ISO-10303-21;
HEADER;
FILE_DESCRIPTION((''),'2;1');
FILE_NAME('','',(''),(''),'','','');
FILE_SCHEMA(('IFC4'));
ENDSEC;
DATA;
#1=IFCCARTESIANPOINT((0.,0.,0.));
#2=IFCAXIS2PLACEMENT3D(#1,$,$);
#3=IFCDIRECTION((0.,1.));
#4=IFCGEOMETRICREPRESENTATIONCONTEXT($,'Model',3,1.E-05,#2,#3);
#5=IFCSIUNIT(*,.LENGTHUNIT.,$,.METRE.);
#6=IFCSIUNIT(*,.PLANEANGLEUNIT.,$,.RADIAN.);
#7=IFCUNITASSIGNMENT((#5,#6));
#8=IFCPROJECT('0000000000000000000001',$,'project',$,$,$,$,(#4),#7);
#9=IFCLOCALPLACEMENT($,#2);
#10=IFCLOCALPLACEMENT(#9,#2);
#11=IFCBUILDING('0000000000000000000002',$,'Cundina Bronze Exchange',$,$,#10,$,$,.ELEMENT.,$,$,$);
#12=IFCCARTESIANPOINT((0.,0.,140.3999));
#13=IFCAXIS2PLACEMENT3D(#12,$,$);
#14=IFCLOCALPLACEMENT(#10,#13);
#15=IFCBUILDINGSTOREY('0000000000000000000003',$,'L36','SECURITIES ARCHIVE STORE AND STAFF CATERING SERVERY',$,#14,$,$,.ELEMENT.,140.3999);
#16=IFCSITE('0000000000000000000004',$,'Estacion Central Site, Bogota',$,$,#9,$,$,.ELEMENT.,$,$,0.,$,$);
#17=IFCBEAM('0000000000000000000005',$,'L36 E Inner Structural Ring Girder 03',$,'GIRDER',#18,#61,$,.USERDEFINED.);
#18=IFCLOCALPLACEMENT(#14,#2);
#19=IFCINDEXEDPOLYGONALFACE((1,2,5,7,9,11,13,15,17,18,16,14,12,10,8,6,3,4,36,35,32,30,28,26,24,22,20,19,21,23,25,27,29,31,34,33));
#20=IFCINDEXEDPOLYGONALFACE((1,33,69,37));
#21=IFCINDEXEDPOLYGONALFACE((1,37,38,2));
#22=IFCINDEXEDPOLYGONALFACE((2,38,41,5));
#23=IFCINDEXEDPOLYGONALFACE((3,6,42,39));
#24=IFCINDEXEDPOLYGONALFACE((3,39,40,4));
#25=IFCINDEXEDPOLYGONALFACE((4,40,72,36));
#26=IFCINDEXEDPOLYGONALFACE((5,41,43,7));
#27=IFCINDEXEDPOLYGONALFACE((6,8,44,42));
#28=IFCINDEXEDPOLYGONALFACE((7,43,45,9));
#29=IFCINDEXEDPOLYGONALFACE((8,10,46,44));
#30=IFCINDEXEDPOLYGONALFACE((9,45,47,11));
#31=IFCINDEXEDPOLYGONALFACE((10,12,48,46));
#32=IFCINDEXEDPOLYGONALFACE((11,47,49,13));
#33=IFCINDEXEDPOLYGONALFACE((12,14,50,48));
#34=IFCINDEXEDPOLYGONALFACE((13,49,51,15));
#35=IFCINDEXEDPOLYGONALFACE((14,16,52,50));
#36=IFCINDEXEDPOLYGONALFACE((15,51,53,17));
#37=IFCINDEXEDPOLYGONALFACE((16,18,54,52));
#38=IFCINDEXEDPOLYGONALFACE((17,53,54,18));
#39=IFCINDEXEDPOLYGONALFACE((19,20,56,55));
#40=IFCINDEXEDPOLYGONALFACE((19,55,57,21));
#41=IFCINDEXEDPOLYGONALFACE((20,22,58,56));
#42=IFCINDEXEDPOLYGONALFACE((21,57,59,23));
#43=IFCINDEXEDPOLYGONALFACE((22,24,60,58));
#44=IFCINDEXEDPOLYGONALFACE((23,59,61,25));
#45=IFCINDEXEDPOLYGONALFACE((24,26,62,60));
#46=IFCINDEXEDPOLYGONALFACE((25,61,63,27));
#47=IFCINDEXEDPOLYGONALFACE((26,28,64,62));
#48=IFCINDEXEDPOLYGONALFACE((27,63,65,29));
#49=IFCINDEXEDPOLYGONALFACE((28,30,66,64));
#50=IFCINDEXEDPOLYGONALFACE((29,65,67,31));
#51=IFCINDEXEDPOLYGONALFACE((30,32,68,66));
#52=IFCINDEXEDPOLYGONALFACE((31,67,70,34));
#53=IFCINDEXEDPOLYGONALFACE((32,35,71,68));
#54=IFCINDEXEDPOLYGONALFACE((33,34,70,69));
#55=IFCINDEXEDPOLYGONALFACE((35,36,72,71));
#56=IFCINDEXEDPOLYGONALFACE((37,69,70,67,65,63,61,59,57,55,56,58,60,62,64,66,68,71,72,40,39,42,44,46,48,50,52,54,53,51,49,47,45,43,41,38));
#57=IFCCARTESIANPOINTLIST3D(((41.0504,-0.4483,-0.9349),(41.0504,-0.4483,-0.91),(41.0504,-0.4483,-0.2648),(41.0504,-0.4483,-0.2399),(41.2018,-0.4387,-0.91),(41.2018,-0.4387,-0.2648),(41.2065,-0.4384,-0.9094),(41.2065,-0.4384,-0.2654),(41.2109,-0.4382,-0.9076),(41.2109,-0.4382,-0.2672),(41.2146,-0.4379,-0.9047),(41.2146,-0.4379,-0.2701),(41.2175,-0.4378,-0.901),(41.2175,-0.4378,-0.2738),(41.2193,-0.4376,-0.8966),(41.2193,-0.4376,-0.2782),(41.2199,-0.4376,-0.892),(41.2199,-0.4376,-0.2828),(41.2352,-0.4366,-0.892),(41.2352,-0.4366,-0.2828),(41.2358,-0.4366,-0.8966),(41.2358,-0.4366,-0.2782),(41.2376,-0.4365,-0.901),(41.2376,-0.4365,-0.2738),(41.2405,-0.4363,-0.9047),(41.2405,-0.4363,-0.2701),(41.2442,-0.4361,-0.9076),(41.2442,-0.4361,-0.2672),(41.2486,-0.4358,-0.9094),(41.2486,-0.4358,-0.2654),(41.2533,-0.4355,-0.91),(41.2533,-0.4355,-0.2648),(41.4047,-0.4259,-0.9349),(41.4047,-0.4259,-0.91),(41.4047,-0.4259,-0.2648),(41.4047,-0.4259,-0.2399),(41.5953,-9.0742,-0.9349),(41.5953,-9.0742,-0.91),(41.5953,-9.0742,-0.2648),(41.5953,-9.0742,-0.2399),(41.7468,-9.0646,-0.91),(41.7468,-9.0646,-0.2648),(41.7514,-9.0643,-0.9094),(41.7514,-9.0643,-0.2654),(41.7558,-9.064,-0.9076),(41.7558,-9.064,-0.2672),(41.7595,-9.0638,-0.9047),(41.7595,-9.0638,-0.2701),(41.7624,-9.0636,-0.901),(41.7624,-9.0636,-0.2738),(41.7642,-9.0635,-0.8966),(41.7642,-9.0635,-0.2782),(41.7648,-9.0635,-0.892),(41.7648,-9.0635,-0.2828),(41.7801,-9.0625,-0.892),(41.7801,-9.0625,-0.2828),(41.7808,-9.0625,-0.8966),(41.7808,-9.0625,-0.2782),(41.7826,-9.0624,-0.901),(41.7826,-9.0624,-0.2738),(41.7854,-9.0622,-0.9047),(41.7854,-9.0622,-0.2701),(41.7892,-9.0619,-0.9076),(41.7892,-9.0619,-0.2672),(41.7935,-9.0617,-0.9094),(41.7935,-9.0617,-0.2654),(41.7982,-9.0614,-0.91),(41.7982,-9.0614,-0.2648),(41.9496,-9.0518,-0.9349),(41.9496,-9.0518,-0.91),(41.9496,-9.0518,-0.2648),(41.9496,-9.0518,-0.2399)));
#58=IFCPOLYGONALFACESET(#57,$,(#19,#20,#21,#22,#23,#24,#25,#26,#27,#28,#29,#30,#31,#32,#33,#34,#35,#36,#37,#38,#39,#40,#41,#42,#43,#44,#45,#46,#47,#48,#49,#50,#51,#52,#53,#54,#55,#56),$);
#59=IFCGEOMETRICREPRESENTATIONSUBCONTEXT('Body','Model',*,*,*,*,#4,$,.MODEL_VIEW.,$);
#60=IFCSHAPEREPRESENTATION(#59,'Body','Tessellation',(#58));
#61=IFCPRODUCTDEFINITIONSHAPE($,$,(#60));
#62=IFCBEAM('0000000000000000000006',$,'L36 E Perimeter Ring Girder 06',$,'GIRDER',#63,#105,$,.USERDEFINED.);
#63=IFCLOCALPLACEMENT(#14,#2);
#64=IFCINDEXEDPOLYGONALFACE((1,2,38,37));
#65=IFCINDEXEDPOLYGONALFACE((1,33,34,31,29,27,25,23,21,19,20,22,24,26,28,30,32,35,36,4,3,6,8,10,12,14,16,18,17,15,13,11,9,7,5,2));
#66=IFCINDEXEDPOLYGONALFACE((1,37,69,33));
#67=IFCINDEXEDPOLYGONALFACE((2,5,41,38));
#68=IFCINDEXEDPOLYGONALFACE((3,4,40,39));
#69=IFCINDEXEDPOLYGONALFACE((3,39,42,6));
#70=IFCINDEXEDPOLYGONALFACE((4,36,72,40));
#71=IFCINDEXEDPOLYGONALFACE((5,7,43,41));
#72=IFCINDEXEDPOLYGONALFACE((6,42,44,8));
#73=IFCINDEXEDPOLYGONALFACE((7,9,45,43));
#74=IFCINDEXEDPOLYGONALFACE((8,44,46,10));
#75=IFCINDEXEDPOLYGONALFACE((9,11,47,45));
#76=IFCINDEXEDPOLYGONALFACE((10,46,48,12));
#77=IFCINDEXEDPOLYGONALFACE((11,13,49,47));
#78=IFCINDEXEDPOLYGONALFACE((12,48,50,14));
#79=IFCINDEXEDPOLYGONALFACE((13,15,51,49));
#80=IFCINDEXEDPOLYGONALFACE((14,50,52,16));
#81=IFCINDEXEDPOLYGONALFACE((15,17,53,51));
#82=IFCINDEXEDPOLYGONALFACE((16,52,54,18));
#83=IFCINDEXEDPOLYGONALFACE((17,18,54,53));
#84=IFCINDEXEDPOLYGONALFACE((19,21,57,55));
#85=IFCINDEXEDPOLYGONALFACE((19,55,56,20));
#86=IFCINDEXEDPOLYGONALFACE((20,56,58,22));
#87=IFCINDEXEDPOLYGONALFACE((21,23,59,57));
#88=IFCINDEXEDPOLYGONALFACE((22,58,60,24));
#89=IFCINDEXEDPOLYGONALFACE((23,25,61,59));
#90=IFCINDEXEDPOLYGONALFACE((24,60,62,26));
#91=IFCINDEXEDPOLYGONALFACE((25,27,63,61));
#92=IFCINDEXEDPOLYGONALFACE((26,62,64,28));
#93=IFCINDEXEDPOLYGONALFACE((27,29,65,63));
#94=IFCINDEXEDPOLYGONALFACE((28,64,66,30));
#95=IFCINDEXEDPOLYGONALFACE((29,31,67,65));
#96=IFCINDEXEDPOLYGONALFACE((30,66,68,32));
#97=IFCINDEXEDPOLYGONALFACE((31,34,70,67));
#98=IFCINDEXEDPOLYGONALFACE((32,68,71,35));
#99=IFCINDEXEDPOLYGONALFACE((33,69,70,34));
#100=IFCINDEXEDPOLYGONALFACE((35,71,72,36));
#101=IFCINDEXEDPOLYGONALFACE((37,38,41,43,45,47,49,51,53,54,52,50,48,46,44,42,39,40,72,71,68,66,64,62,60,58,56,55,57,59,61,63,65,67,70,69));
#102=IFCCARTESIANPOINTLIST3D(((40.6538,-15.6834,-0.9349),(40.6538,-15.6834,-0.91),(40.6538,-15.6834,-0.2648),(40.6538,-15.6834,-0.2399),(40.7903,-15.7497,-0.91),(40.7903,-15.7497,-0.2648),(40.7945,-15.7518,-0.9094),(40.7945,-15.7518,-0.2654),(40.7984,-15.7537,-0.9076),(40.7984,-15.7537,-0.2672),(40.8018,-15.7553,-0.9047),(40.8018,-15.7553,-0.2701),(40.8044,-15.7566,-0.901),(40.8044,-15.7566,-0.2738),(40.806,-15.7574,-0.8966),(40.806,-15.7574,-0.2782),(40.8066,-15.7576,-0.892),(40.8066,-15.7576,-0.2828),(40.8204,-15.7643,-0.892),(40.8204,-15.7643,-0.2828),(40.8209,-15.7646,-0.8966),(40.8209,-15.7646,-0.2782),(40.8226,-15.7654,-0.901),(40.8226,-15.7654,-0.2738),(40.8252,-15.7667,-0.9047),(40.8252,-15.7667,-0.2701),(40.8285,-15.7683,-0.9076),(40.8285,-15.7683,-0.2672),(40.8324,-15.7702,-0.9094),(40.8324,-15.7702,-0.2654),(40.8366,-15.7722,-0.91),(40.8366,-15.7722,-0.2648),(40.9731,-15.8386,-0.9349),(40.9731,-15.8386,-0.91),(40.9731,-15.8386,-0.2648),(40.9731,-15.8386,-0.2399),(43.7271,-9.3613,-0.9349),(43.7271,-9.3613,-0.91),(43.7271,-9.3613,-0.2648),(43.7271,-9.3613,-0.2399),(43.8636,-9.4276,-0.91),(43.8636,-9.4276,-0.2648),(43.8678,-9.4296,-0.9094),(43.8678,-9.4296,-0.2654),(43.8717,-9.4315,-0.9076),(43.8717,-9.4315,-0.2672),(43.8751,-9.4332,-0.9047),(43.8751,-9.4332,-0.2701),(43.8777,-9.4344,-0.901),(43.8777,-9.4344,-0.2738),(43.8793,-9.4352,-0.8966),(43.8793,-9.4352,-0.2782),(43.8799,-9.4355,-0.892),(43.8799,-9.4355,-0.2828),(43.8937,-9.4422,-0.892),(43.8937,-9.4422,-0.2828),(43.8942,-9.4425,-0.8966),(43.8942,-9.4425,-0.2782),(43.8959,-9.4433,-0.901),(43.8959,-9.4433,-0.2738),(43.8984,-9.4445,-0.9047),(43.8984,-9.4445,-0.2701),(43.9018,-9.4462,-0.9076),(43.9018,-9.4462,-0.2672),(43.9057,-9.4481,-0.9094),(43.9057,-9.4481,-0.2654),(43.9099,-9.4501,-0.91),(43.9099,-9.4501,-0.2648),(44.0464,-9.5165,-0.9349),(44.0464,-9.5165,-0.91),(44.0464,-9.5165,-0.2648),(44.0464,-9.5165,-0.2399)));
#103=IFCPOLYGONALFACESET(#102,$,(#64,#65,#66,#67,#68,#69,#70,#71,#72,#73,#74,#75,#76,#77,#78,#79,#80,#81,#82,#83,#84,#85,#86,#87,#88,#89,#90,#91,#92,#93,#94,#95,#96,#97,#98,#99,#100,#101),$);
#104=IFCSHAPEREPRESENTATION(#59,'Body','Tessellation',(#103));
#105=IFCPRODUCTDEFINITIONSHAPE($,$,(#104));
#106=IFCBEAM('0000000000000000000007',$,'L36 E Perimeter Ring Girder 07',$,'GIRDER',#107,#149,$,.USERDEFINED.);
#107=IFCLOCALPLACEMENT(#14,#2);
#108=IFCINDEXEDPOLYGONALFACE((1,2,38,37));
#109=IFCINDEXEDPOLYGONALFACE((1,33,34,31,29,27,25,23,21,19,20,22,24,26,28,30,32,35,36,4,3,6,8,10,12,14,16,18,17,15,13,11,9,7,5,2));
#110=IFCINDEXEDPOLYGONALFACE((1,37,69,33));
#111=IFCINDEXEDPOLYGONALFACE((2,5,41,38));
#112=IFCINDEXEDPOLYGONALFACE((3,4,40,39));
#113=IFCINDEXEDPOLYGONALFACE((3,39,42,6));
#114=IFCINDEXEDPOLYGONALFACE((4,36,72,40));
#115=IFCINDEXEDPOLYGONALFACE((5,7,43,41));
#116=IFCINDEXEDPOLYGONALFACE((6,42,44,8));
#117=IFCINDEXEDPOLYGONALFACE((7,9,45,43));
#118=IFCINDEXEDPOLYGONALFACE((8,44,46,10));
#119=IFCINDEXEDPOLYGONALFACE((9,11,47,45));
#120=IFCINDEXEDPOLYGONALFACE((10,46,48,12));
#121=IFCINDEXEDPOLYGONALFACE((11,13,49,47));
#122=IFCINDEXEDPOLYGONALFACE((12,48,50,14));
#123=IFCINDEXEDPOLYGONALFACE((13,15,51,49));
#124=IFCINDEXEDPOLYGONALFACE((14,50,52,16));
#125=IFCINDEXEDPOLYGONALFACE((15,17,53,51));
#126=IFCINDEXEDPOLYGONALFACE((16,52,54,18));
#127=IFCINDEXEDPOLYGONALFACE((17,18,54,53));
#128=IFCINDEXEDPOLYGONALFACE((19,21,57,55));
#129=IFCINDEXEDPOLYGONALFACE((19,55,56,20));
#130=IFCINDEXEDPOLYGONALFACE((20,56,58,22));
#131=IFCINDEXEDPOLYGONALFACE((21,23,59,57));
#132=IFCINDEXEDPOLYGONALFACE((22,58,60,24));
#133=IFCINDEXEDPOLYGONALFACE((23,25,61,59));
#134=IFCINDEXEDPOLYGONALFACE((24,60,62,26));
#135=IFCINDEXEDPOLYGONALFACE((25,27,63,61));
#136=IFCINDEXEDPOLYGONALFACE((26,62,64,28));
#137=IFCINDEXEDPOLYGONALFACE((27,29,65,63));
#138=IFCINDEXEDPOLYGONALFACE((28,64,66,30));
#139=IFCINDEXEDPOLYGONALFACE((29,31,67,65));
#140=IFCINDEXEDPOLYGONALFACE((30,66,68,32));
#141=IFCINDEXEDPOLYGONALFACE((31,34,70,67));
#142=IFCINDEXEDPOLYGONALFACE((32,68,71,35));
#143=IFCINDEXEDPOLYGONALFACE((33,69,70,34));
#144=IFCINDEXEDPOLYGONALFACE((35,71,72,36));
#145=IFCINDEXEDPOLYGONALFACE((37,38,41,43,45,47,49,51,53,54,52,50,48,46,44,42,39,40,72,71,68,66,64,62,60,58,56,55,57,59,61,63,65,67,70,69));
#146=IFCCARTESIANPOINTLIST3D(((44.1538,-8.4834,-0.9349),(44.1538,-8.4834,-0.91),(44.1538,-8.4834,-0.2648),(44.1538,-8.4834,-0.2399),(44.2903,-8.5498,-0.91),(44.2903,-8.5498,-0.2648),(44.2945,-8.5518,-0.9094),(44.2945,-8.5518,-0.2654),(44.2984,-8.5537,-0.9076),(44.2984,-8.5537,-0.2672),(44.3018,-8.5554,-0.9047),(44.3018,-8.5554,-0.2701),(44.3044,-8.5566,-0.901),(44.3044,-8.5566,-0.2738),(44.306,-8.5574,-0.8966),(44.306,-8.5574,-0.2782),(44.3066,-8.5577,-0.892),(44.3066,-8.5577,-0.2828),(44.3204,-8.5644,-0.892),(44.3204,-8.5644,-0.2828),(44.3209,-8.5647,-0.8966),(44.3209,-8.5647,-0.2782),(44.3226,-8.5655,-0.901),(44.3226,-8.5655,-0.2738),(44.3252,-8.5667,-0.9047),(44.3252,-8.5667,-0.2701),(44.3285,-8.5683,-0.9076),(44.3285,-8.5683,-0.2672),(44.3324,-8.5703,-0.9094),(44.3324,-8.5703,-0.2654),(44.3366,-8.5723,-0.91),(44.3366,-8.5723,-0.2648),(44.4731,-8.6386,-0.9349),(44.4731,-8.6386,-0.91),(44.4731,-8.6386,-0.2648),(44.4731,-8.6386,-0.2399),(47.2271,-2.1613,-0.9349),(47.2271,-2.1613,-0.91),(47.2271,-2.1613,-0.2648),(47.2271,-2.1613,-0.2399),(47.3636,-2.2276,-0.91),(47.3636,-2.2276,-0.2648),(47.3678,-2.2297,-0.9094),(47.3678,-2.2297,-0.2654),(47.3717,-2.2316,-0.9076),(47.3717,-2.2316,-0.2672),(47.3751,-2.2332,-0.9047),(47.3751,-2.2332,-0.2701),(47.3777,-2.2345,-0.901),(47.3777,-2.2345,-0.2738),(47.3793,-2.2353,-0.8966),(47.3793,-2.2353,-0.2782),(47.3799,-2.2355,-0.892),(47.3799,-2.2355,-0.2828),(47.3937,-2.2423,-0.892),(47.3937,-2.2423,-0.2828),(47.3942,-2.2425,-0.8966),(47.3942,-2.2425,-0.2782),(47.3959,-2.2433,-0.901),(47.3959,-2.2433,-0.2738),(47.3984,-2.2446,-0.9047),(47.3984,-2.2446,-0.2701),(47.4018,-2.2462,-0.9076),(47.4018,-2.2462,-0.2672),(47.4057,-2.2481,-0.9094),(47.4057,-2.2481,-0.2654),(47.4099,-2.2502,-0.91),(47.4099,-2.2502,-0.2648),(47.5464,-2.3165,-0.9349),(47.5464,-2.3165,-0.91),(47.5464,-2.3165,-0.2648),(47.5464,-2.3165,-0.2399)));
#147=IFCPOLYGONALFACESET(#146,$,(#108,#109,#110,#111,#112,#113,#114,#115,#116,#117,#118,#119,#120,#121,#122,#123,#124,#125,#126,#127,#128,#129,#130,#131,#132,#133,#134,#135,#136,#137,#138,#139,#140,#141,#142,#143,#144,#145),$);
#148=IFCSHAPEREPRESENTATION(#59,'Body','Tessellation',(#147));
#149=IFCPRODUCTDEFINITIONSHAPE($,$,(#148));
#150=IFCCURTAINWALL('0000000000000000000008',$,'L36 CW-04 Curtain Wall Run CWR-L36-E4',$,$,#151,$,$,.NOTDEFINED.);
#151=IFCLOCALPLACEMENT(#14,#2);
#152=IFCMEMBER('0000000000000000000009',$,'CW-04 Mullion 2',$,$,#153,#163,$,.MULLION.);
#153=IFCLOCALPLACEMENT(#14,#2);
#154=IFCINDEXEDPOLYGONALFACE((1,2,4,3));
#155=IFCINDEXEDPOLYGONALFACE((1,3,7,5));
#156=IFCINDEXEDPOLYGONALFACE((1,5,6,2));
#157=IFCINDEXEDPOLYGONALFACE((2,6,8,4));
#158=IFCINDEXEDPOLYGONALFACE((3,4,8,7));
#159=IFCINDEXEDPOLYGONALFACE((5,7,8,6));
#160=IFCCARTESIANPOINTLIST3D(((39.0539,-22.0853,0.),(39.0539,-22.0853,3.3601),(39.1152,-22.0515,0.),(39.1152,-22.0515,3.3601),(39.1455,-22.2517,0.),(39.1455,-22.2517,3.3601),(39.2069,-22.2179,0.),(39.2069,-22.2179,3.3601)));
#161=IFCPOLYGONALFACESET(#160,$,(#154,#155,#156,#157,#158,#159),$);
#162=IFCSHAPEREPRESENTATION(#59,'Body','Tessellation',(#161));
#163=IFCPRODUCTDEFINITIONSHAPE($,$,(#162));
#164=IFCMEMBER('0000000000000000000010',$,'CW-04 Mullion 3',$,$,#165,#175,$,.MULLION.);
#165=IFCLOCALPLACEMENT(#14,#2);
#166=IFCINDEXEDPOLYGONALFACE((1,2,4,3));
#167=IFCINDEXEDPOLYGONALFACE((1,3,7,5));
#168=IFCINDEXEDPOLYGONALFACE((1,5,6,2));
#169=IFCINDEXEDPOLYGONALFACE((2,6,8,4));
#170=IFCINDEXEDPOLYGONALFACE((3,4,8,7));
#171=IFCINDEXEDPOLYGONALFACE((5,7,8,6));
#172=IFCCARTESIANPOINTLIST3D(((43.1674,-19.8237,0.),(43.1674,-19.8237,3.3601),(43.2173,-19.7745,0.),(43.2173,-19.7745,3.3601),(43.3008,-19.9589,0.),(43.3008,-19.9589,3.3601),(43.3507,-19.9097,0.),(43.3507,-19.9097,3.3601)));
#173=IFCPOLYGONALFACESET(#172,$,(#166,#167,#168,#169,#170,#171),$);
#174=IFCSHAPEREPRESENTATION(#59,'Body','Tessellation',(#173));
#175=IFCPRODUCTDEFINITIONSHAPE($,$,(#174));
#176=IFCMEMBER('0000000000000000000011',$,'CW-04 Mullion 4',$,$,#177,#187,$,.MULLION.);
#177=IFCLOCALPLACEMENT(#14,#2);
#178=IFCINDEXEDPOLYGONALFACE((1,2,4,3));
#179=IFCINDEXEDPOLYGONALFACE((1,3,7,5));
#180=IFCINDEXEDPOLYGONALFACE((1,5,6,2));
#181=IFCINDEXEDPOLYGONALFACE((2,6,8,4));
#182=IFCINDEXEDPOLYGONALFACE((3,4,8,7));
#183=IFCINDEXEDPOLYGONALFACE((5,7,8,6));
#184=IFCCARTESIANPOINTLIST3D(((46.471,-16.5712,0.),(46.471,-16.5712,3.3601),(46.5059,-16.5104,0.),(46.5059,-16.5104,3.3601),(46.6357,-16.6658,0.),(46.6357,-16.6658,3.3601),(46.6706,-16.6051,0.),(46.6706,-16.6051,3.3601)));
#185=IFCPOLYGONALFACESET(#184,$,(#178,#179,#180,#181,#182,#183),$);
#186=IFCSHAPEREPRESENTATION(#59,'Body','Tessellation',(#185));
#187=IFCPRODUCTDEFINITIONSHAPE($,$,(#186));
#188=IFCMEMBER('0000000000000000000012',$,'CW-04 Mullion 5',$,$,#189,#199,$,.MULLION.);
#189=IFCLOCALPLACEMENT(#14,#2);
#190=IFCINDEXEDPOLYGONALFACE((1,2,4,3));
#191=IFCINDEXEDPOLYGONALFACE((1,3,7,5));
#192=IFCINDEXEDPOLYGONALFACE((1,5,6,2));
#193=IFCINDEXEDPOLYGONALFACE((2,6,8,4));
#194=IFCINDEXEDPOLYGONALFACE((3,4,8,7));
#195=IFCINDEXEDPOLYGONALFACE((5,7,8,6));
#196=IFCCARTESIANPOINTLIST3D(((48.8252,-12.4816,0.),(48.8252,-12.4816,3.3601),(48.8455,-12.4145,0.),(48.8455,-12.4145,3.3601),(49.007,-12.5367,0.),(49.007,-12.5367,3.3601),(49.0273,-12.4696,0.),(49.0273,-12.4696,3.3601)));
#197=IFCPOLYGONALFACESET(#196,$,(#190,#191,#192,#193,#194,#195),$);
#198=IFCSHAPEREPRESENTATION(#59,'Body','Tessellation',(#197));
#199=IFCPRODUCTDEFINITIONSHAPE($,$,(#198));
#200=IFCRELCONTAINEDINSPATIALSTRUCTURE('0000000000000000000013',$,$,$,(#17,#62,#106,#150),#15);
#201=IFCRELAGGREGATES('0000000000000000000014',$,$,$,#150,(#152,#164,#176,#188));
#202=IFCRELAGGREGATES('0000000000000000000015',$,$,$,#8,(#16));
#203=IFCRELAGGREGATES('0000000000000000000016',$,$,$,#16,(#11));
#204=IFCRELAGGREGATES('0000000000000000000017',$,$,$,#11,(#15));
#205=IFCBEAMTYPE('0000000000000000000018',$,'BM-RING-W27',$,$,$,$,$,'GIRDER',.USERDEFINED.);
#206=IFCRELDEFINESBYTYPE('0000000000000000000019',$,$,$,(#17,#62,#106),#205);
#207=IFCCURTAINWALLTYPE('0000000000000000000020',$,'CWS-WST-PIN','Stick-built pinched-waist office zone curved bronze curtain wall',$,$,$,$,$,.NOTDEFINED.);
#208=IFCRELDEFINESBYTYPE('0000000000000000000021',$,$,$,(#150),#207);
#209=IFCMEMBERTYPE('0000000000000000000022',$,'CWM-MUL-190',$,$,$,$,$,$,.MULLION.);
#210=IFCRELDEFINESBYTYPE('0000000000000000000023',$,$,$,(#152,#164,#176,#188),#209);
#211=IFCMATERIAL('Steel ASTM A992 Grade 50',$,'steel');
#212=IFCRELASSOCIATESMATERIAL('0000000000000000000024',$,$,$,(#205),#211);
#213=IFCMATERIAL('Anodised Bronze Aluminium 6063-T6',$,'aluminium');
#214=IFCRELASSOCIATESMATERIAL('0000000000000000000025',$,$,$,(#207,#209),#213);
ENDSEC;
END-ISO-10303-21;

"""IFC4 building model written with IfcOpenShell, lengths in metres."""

from ifc_helpers import new_model, si_unit, direction, frame, origin, origin_2d, place, context, subcontext, project, spatial, rectangle, i_section, extrude, material, material_profile, profile_set, type_object, element, aggregate, save


model = new_model("IFC4")

# Units and contexts
model_context = context("Model", 3, precision=1e-05, world=origin(), true_north=direction((0.0, 1.0)))
body_context = subcontext(model_context, "Body", "Model", "MODEL_VIEW")
ifc_project = project(units=[si_unit("LENGTHUNIT", "METRE"), si_unit("PLANEANGLEUNIT", "RADIAN")], contexts=[model_context])

# Site, building, storey
site_placement = place(None, origin())
site = spatial("IfcSite", under=ifc_project, at=site_placement, Name="Estacion Central Site, Bogota", CompositionType="ELEMENT", RefElevation=0.0)
building_placement = place(site_placement, origin())
building = spatial("IfcBuilding", under=site, at=building_placement, Name="Cundina Bronze Exchange", CompositionType="ELEMENT")
storey_placement = place(building_placement, frame((0.0, 0.0, 140.3999)))
storey = spatial("IfcBuildingStorey", under=building, at=storey_placement, Name="L36", Description="SECURITIES ARCHIVE STORE AND STAFF CATERING SERVERY", CompositionType="ELEMENT", Elevation=140.3999)

# Beams
ifc_material_1 = material(Name="Steel ASTM A992 Grade 50", Category="steel")
ifc_material_profile_1 = material_profile(ifc_material_1, i_section(OverallWidth=0.355, OverallDepth=0.6951, WebThickness=0.0154, FlangeThickness=0.0249, FilletRadius=0.0181, at=origin_2d()), Name="W27X146", Category="steel")
ifc_profile_set_1 = profile_set([ifc_material_profile_1], Name="Steel ASTM A992 Grade 50")
beam_type_1 = type_object("IfcBeamType", Name="BM-RING-W27", ElementType="GIRDER", PredefinedType="USERDEFINED", material=ifc_profile_set_1)
beam_1_placement = place(storey_placement, frame((41.7725, -9.063, -0.5874), z_axis=(-0.063047, 0.998011, 0.0), x_axis=(-0.998011, -0.063047, 0.0)))
element("IfcBeam", 1, at=beam_1_placement, inside=storey, type_object=beam_type_1, Name="L36 E Inner Structural Ring Girder 03", ObjectType="GIRDER", PredefinedType="USERDEFINED", context=body_context, shape_type="SweptSolid", body=[
    extrude(i_section(OverallWidth=0.355, OverallDepth=0.6951, WebThickness=0.0154, FlangeThickness=0.0249, FilletRadius=0.0181, at=origin_2d()), origin(), (0.0, 0.0, 1.0), 8.6431),
])
for number, where, z_axis, x_axis, name in (
    (2, (40.8135, -15.761, -0.5874), (0.437197, 0.899366, 0.0), (-0.899366, 0.437197, 0.0), "L36 E Perimeter Ring Girder 06"),
    (3, (44.3135, -8.561, -0.5874), (0.437197, 0.899366, 0.0), (-0.899366, 0.437197, 0.0), "L36 E Perimeter Ring Girder 07"),
):
    element("IfcBeam", number, at=place(storey_placement, frame(where, z_axis=z_axis, x_axis=x_axis)), inside=storey, type_object=beam_type_1, Name=name, ObjectType="GIRDER", PredefinedType="USERDEFINED", context=body_context, shape_type="SweptSolid", body=[
        extrude(i_section(OverallWidth=0.355, OverallDepth=0.6951, WebThickness=0.0154, FlangeThickness=0.0249, FilletRadius=0.0181, at=origin_2d()), origin(), (0.0, 0.0, 1.0), 7.0295),
    ])

# Curtain wall, members
ifc_material_2 = material(Name="Anodised Bronze Aluminium 6063-T6", Category="aluminium")
curtain_wall_type = type_object("IfcCurtainWallType", Name="CWS-WST-PIN", Description="Stick-built pinched-waist office zone curved bronze curtain wall", PredefinedType="NOTDEFINED", material=ifc_material_2)
curtain_wall_placement = place(storey_placement, origin())
curtain_wall = element("IfcCurtainWall", 4, at=curtain_wall_placement, inside=storey, type_object=curtain_wall_type, Name="L36 CW-04 Curtain Wall Run CWR-L36-E4", PredefinedType="NOTDEFINED")
ifc_material_profile_2 = material_profile(ifc_material_2, rectangle(XDim=0.0701, YDim=0.1899, at=origin_2d()), Name="AL70X190", Category="aluminium")
ifc_profile_set_2 = profile_set([ifc_material_profile_2], Name="Anodised Bronze Aluminium 6063-T6")
member_type_1 = type_object("IfcMemberType", Name="CWM-MUL-190", PredefinedType="MULLION", material=ifc_profile_set_2)
member_1_placement = place(storey_placement, frame((39.1304, -22.1516, 0.0), z_axis=(0.0, 0.0, 1.0), x_axis=(0.875886, 0.482518, 0.0)))
member_1 = element("IfcMember", 5, at=member_1_placement, type_object=member_type_1, Name="CW-04 Mullion 2", PredefinedType="MULLION", context=body_context, shape_type="SweptSolid", body=[
    extrude(rectangle(XDim=0.0701, YDim=0.1899, at=origin_2d()), origin(), (0.0, 0.0, 1.0), 3.3601),
])
member_2_placement = place(storey_placement, frame((43.259, -19.8667, 0.0), z_axis=(0.0, 0.0, 1.0), x_axis=(0.712026, 0.702153, 0.0)))
member_2 = element("IfcMember", 6, at=member_2_placement, type_object=member_type_1, Name="CW-04 Mullion 3", PredefinedType="MULLION", context=body_context, shape_type="SweptSolid", body=[
    extrude(rectangle(XDim=0.0701, YDim=0.1899, at=origin_2d()), origin(), (0.0, 0.0, 1.0), 3.3601),
])
member_3_placement = place(storey_placement, frame((46.5708, -16.5881, 0.0), z_axis=(0.0, 0.0, 1.0), x_axis=(0.498488, 0.866897, 0.0)))
member_3 = element("IfcMember", 7, at=member_3_placement, type_object=member_type_1, Name="CW-04 Mullion 4", PredefinedType="MULLION", context=body_context, shape_type="SweptSolid", body=[
    extrude(rectangle(XDim=0.0701, YDim=0.1899, at=origin_2d()), origin(), (0.0, 0.0, 1.0), 3.3601),
])
member_4_placement = place(storey_placement, frame((48.9263, -12.4756, 0.0), z_axis=(0.0, 0.0, 1.0), x_axis=(0.290034, 0.957016, 0.0)))
member_4 = element("IfcMember", 8, at=member_4_placement, type_object=member_type_1, Name="CW-04 Mullion 5", PredefinedType="MULLION", context=body_context, shape_type="SweptSolid", body=[
    extrude(rectangle(XDim=0.0701, YDim=0.1899, at=origin_2d()), origin(), (0.0, 0.0, 1.0), 3.3601),
])
aggregate(curtain_wall, [member_1, member_2, member_3, member_4])

save(model, "model.ifc")
